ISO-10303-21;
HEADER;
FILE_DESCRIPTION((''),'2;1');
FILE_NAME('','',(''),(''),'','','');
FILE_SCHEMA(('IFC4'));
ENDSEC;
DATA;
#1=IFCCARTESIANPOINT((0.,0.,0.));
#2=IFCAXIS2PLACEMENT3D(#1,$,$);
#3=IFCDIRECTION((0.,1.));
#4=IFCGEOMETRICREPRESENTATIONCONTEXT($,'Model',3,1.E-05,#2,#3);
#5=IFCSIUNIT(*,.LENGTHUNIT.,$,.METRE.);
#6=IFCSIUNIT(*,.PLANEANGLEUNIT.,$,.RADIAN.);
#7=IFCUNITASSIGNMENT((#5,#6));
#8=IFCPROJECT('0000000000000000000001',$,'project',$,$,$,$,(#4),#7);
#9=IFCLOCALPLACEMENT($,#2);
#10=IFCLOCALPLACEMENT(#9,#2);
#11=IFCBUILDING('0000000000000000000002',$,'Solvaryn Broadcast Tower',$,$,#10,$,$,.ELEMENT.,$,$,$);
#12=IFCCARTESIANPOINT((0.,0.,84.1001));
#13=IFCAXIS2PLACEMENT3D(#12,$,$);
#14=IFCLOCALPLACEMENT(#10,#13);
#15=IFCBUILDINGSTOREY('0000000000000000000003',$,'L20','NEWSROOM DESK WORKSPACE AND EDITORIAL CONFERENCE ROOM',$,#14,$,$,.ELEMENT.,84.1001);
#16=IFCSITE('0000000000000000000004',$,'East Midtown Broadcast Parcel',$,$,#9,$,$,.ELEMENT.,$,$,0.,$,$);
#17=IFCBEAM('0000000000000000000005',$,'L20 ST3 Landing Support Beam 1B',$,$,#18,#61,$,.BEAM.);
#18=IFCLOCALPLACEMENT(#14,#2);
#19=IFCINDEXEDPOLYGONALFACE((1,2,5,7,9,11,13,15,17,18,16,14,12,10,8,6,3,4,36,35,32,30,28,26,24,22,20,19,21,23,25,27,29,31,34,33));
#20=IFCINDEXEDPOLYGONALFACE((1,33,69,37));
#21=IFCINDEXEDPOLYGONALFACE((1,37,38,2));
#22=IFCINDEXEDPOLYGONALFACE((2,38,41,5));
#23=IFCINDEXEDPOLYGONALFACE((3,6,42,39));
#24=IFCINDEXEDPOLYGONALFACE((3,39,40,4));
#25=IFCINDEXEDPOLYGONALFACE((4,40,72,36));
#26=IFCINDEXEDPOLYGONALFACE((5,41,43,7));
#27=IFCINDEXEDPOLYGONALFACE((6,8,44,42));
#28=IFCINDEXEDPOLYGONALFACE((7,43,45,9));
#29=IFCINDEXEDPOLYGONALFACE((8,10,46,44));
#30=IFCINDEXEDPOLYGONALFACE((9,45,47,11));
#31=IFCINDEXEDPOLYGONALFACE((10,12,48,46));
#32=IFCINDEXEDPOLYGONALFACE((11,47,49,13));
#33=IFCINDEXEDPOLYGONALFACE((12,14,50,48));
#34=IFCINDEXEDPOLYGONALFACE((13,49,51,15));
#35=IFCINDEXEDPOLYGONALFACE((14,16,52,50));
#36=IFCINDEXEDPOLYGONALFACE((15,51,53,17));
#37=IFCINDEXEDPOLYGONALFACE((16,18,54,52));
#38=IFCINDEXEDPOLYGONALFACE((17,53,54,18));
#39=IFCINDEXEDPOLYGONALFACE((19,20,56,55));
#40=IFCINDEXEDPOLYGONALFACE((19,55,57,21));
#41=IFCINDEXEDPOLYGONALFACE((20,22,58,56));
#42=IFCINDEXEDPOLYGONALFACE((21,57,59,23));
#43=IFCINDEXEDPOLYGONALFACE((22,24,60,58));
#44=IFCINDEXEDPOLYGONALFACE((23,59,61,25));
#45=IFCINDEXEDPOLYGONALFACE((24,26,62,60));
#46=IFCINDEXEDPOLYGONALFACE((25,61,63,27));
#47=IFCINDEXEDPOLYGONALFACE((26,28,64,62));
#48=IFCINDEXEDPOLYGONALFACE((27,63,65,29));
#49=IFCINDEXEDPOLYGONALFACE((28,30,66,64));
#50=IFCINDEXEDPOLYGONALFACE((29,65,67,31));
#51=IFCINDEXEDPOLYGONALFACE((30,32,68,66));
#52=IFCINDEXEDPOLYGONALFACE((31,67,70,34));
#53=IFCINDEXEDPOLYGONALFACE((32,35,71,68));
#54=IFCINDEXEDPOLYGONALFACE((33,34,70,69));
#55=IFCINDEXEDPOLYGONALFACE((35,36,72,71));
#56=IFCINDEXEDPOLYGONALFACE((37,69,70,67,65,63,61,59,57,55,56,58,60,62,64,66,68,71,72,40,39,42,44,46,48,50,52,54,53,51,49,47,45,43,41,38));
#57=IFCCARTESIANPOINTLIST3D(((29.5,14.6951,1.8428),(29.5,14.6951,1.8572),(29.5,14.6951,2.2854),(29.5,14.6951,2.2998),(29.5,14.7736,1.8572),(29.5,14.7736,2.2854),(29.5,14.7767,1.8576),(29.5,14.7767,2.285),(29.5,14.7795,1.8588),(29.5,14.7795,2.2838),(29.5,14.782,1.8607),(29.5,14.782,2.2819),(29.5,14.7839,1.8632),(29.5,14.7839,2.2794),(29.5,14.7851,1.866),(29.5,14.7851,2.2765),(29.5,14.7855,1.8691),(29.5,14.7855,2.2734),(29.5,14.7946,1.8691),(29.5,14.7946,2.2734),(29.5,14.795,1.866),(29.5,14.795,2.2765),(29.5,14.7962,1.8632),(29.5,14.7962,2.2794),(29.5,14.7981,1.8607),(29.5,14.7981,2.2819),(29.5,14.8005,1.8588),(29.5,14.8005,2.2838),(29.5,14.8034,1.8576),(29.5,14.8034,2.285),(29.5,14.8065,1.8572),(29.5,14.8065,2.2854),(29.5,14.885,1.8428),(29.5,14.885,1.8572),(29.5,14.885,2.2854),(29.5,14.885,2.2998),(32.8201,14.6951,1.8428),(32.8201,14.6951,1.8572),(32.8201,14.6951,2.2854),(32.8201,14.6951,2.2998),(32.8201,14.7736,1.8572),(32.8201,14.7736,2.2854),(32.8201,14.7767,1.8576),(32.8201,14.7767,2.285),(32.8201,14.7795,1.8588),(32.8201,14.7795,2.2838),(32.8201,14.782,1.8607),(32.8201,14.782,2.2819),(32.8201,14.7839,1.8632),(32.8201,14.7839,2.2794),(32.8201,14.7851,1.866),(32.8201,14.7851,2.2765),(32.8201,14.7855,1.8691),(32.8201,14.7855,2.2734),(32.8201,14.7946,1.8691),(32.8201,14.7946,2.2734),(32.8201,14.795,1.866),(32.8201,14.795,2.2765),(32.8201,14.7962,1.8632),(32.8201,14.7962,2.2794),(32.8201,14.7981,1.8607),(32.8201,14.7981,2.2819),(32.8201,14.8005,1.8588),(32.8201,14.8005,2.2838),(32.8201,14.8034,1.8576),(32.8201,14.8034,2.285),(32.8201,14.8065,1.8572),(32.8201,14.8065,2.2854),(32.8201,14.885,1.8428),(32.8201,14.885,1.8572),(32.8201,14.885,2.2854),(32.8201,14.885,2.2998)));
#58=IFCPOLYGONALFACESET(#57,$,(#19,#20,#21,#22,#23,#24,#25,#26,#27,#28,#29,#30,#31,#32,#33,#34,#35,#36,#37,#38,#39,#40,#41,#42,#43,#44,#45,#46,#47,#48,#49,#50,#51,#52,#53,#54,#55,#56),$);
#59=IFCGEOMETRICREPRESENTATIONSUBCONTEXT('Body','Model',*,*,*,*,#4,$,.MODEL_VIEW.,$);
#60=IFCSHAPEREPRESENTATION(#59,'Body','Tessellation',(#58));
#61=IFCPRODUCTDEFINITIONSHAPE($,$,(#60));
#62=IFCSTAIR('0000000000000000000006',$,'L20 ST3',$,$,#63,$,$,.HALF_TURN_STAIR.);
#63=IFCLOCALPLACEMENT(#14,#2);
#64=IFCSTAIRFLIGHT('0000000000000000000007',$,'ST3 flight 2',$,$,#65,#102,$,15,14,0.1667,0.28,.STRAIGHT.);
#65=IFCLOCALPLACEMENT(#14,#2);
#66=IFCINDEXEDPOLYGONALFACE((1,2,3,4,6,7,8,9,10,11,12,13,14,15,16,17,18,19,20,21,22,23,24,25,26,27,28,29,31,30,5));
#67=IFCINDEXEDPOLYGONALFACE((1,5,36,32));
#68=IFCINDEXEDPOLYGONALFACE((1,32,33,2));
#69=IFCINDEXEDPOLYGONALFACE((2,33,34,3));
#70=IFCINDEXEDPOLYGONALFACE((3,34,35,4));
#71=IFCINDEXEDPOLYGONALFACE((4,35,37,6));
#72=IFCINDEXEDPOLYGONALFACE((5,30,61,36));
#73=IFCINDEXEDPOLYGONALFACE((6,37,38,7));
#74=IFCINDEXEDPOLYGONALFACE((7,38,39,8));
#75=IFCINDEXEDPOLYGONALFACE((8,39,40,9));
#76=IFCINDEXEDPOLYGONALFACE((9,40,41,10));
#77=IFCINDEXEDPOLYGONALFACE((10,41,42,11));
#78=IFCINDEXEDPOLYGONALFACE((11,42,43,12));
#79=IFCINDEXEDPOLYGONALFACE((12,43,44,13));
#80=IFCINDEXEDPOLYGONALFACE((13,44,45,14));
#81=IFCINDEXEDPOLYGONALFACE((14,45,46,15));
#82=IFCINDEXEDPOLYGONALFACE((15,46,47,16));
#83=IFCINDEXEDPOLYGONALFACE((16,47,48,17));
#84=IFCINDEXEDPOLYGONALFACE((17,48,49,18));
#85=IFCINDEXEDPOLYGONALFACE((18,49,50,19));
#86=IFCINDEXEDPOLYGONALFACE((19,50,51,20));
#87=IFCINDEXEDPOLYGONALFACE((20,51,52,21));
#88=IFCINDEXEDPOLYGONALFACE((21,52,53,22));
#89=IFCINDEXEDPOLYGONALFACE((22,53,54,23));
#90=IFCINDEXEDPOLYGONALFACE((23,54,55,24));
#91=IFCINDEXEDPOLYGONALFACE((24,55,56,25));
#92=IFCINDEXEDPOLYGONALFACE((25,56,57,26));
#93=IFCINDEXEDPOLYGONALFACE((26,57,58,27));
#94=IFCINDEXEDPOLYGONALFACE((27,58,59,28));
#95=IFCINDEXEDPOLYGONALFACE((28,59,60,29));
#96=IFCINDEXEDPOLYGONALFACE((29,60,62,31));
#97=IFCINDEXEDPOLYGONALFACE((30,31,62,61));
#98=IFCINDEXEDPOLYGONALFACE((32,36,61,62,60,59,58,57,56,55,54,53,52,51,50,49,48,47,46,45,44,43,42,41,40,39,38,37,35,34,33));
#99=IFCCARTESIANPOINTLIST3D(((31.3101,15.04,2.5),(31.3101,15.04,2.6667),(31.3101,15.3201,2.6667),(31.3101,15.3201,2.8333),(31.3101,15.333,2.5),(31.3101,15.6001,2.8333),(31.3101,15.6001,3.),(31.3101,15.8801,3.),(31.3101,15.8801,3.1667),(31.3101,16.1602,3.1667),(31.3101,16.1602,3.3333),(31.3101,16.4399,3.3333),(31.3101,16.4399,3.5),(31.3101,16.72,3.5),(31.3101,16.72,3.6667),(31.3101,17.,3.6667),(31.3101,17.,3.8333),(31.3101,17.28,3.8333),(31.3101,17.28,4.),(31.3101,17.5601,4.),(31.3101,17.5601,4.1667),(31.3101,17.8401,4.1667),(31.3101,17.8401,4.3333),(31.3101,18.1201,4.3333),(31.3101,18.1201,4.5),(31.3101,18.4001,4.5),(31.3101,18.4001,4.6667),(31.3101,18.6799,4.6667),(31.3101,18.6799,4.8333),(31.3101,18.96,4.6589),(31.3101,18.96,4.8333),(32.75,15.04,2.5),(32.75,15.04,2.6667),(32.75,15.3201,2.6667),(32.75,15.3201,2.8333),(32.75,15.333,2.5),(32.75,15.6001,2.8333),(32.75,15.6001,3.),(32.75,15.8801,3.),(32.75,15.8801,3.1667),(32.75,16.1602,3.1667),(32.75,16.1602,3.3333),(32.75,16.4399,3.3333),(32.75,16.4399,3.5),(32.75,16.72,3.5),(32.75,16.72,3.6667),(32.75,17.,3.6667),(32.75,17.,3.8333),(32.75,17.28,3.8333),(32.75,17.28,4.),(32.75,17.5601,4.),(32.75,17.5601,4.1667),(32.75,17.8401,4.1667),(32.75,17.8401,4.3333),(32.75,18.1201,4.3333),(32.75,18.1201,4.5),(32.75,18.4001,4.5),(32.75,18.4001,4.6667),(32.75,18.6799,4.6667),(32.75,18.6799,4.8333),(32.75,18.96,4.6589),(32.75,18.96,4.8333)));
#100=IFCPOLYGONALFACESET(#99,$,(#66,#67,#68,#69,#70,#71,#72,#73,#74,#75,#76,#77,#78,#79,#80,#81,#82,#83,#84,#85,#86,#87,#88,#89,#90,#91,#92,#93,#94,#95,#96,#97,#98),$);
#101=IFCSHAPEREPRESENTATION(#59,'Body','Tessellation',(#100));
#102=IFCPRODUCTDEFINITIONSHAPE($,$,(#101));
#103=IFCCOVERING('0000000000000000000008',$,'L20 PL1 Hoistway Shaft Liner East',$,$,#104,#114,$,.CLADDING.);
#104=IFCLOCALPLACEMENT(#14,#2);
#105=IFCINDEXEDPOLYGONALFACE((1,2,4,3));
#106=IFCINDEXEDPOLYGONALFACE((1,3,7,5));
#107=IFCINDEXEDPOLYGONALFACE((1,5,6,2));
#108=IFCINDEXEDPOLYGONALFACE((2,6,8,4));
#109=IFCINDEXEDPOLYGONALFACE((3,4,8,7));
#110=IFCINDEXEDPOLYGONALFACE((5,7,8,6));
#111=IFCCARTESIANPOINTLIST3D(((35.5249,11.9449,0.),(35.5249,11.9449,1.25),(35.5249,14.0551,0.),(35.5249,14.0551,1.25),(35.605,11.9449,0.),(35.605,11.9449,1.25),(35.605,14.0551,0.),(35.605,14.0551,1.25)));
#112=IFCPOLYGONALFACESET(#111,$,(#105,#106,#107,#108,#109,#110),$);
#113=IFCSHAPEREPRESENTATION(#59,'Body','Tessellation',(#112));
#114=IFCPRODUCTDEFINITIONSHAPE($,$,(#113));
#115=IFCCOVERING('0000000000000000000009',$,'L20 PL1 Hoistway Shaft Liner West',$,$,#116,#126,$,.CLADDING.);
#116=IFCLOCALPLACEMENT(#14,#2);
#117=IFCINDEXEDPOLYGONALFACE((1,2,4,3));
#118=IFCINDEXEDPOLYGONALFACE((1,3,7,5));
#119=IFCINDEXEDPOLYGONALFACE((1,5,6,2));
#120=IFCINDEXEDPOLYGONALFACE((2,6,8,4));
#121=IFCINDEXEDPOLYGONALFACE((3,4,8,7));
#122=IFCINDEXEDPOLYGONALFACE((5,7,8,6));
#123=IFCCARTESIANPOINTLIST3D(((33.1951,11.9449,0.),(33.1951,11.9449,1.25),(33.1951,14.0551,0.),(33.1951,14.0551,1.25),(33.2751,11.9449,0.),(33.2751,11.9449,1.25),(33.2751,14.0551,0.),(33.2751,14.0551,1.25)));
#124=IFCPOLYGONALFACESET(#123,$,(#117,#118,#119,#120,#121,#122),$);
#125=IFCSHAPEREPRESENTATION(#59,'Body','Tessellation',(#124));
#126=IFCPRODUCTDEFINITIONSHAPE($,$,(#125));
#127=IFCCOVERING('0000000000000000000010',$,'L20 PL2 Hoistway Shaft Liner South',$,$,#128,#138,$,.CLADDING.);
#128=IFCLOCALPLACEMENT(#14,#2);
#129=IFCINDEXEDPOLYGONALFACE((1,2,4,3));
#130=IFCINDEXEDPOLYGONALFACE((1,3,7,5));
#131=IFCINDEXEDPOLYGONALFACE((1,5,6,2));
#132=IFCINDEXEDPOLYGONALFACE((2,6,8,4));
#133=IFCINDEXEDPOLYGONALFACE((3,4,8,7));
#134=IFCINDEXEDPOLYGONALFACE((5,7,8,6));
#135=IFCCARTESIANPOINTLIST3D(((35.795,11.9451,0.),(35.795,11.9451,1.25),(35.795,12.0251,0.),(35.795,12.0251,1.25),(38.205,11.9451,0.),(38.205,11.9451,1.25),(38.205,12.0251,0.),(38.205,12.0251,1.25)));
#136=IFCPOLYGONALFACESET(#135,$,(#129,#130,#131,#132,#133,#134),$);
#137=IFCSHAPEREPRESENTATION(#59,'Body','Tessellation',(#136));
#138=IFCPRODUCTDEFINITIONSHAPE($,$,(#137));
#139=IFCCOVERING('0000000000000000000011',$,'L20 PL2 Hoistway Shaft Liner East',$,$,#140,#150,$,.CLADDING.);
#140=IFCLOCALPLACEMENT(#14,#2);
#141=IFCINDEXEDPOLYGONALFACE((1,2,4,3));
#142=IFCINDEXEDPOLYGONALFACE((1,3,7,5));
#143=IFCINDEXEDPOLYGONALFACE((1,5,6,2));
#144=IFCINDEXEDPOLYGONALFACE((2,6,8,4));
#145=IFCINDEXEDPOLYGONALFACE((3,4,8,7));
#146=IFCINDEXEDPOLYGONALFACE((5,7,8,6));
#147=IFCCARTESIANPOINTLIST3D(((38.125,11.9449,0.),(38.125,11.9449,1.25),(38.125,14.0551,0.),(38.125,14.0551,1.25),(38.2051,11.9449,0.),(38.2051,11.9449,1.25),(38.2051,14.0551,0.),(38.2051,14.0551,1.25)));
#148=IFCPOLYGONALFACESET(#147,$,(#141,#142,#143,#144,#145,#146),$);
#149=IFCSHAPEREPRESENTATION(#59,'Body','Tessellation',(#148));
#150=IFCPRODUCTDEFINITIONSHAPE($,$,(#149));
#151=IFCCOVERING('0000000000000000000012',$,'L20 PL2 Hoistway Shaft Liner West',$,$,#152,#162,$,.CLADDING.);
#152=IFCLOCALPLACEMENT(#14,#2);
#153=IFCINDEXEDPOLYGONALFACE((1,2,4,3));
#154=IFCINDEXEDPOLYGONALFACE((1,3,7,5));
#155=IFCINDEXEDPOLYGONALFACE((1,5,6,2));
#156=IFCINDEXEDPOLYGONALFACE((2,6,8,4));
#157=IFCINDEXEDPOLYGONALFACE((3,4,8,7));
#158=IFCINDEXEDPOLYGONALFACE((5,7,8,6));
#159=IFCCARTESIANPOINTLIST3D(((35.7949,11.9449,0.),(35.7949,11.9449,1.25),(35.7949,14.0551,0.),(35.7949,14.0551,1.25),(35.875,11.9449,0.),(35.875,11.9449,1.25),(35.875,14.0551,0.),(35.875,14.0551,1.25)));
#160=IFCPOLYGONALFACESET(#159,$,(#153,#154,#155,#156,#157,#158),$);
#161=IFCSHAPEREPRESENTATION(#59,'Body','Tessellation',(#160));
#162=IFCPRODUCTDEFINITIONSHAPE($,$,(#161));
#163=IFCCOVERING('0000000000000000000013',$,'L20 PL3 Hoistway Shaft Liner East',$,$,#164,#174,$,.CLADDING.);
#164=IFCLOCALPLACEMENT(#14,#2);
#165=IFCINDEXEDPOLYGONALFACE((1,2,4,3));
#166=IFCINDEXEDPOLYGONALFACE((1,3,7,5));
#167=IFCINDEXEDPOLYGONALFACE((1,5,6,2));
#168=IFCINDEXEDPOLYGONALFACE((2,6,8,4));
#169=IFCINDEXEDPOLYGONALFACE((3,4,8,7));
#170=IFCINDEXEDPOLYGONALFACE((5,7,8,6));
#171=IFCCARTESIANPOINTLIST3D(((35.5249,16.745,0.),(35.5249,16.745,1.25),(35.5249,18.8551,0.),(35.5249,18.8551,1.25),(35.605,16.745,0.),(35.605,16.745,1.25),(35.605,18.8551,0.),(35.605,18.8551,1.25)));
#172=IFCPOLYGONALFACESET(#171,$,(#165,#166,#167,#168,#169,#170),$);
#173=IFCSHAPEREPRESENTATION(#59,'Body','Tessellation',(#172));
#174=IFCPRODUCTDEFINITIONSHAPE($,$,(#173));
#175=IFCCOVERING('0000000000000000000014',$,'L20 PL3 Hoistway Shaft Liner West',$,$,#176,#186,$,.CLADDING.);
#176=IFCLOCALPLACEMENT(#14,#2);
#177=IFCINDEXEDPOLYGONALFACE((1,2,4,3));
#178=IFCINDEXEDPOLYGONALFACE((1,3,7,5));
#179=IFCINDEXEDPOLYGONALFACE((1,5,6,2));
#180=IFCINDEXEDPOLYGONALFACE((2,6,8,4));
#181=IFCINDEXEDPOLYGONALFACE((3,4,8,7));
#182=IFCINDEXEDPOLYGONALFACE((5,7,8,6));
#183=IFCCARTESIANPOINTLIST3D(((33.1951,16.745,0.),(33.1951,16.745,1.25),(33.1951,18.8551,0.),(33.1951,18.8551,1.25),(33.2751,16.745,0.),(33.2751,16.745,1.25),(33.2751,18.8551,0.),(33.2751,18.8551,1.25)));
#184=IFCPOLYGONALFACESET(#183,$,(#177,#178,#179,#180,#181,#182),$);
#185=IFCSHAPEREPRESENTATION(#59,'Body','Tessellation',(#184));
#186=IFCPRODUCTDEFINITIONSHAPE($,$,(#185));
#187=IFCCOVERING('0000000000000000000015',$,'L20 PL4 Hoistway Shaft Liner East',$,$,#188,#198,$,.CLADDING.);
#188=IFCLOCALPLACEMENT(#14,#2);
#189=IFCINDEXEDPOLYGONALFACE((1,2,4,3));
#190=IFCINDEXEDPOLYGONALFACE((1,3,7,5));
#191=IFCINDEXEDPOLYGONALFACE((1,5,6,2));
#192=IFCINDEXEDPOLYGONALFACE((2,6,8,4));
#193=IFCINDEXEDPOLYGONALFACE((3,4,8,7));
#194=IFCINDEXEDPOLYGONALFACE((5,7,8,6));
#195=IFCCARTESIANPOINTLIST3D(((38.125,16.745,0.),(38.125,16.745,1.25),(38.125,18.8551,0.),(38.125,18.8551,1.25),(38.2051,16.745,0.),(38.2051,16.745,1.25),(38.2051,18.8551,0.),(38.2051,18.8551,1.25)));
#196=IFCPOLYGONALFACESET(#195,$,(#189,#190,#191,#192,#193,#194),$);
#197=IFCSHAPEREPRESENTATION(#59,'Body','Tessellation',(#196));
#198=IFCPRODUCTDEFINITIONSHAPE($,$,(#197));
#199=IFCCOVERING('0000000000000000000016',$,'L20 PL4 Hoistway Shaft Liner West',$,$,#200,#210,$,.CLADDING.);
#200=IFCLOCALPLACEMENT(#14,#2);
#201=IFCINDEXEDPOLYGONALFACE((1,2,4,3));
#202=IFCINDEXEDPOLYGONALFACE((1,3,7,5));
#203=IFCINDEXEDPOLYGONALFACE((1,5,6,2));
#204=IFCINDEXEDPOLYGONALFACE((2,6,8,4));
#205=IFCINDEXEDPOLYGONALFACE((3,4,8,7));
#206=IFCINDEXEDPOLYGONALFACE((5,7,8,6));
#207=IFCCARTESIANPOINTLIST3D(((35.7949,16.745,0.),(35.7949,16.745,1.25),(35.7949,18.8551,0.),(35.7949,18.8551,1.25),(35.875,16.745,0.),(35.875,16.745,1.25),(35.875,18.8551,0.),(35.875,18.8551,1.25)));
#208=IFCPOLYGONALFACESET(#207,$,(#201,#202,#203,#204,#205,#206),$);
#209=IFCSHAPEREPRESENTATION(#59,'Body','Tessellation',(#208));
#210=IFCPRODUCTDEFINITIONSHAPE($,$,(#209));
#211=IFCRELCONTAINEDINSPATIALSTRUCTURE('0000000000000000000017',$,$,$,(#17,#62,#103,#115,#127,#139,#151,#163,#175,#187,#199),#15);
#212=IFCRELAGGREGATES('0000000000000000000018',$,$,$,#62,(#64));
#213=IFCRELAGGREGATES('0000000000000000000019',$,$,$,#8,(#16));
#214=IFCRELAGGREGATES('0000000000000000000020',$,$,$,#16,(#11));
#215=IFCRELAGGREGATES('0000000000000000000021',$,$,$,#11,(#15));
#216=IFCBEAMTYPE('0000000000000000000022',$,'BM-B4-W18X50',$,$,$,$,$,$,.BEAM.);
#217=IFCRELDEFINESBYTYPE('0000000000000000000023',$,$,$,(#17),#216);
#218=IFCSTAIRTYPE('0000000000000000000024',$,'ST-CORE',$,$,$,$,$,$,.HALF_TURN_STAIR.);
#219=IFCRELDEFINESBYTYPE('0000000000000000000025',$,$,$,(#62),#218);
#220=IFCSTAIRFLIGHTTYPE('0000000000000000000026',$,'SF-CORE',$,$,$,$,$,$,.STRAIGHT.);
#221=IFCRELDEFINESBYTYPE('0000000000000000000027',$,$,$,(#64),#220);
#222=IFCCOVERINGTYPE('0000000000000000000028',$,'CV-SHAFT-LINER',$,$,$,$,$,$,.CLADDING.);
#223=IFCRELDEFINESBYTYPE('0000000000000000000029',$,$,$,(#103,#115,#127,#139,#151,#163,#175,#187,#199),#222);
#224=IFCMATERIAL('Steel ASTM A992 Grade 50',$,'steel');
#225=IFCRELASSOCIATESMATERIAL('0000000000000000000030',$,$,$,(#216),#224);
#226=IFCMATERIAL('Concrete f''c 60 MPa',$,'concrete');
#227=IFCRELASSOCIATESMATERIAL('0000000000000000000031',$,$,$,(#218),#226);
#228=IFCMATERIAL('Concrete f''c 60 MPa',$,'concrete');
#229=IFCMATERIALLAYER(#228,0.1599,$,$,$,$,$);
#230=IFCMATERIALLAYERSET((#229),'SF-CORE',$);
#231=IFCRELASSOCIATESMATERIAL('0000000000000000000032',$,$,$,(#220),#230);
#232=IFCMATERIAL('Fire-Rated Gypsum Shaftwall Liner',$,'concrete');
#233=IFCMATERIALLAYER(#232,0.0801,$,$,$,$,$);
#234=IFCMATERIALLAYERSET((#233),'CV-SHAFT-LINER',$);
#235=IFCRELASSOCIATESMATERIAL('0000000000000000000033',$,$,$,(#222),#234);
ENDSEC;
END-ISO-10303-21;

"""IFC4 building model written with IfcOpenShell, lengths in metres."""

from ifc_helpers import new_model, si_unit, direction, frame, origin, origin_2d, place, context, subcontext, project, spatial, polyline, rectangle, i_section, outline, extrude, material, layer, layer_set, material_profile, profile_set, type_object, element, aggregate, save


model = new_model("IFC4")

# Units and contexts
model_context = context("Model", 3, precision=1e-05, world=origin(), true_north=direction((0.0, 1.0)))
body_context = subcontext(model_context, "Body", "Model", "MODEL_VIEW")
ifc_project = project(units=[si_unit("LENGTHUNIT", "METRE"), si_unit("PLANEANGLEUNIT", "RADIAN")], contexts=[model_context])

# Site, building, storey
site_placement = place(None, origin())
site = spatial("IfcSite", under=ifc_project, at=site_placement, Name="East Midtown Broadcast Parcel", CompositionType="ELEMENT", RefElevation=0.0)
building_placement = place(site_placement, origin())
building = spatial("IfcBuilding", under=site, at=building_placement, Name="Solvaryn Broadcast Tower", CompositionType="ELEMENT")
storey_placement = place(building_placement, frame((0.0, 0.0, 84.1001)))
storey = spatial("IfcBuildingStorey", under=building, at=storey_placement, Name="L20", Description="NEWSROOM DESK WORKSPACE AND EDITORIAL CONFERENCE ROOM", CompositionType="ELEMENT", Elevation=84.1001)

# Beam
ifc_material_1 = material(Name="Steel ASTM A992 Grade 50", Category="steel")
ifc_material_profile_1 = material_profile(ifc_material_1, i_section(OverallWidth=0.1899, OverallDepth=0.457, WebThickness=0.009, FlangeThickness=0.0144, FilletRadius=0.012, at=origin_2d()))
ifc_profile_set_1 = profile_set([ifc_material_profile_1], Name="Steel ASTM A992 Grade 50")
beam_type_1 = type_object("IfcBeamType", Name="BM-B4-W18X50", PredefinedType="BEAM", material=ifc_profile_set_1)
beam_1_placement = place(storey_placement, frame((29.5, 14.79, 2.0713), z_axis=(1.0, 0.0, 0.0), x_axis=(0.0, 1.0, 0.0)))
element("IfcBeam", 1, at=beam_1_placement, inside=storey, type_object=beam_type_1, Name="L20 ST3 Landing Support Beam 1B", PredefinedType="BEAM", context=body_context, shape_type="SweptSolid", body=[
    extrude(i_section(OverallWidth=0.1899, OverallDepth=0.457, WebThickness=0.009, FlangeThickness=0.0144, FilletRadius=0.012, at=origin_2d()), origin(), (0.0, 0.0, 1.0), 3.3201),
])

# Stair, stair flight
ifc_material_2 = material(Name="Concrete f'c 60 MPa", Category="concrete")
stair_type = type_object("IfcStairType", Name="ST-CORE", PredefinedType="HALF_TURN_STAIR", material=ifc_material_2)
stair_placement = place(storey_placement, origin())
stair = element("IfcStair", 2, at=stair_placement, inside=storey, type_object=stair_type, Name="L20 ST3", PredefinedType="HALF_TURN_STAIR")
ifc_material_3 = material(Name="Concrete f'c 60 MPa", Category="concrete")
ifc_layer_1 = layer(ifc_material_3, 0.1599)
ifc_layer_set_1 = layer_set([ifc_layer_1], Name="SF-CORE")
stair_flight_type = type_object("IfcStairFlightType", Name="SF-CORE", PredefinedType="STRAIGHT", material=ifc_layer_set_1)
stair_flight_placement = place(storey_placement, frame((32.03, 15.04, 2.5), z_axis=(0.0, 0.0, 1.0), x_axis=(0.0, 1.0, 0.0)))
stair_flight = element("IfcStairFlight", 3, at=stair_flight_placement, type_object=stair_flight_type, Name="ST3 flight 2", NumberOfRisers=15, NumberOfTreads=14, PredefinedType="STRAIGHT", RiserHeight=0.1667, TreadLength=0.28, context=body_context, shape_type="SweptSolid", body=[
    extrude(outline(polyline([(0.0, 0.0), (0.0, 0.1667), (0.28, 0.1667), (0.28, 0.3333), (0.5601, 0.3333), (0.5601, 0.5), (0.8401, 0.5), (0.8401, 0.6667), (1.1201, 0.6667), (1.1201, 0.8333), (1.3999, 0.8333), (1.3999, 1.0), (1.6799, 1.0), (1.6799, 1.1667), (1.96, 1.1667), (1.96, 1.3333), (2.24, 1.3333), (2.24, 1.5), (2.52, 1.5), (2.52, 1.6667), (2.8, 1.6667), (2.8, 1.8333), (3.0801, 1.8333), (3.0801, 2.0), (3.3601, 2.0), (3.3601, 2.1667), (3.6399, 2.1667), (3.6399, 2.3333), (3.9199, 2.3333), (3.9199, 2.5), (3.9199, 2.1589), (0.293, 0.0), (0.0, 0.0)])), frame((0.0, 0.72, 0.0), z_axis=(0.0, -1.0, 0.0), x_axis=(1.0, 0.0, 0.0)), (0.0, 0.0, 1.0), 1.4399),
])
aggregate(stair, [stair_flight])

# Coverings
ifc_material_4 = material(Name="Fire-Rated Gypsum Shaftwall Liner", Category="concrete")
ifc_layer_2 = layer(ifc_material_4, 0.0801)
ifc_layer_set_2 = layer_set([ifc_layer_2], Name="CV-SHAFT-LINER")
covering_type = type_object("IfcCoveringType", Name="CV-SHAFT-LINER", PredefinedType="CLADDING", material=ifc_layer_set_2)
for number, where, z_axis, x_axis, name in (
    (4, (35.5649, 13.0, 0.0), (0.0, 0.0, 1.0), (1.0, 0.0, 0.0), "L20 PL1 Hoistway Shaft Liner East"),
    (5, (33.2351, 13.0, 0.0), (0.0, 0.0, 1.0), (1.0, 0.0, 0.0), "L20 PL1 Hoistway Shaft Liner West"),
):
    element("IfcCovering", number, at=place(storey_placement, frame(where, z_axis=z_axis, x_axis=x_axis)), inside=storey, type_object=covering_type, Name=name, PredefinedType="CLADDING", context=body_context, shape_type="SweptSolid", body=[
        extrude(rectangle(XDim=0.0801, YDim=2.1101, at=origin_2d()), origin(), (0.0, 0.0, 1.0), 1.25),
    ])
covering_1_placement = place(storey_placement, frame((37.0, 11.9851, 0.0), z_axis=(0.0, 0.0, 1.0), x_axis=(1.0, 0.0, 0.0)))
element("IfcCovering", 6, at=covering_1_placement, inside=storey, type_object=covering_type, Name="L20 PL2 Hoistway Shaft Liner South", PredefinedType="CLADDING", context=body_context, shape_type="SweptSolid", body=[
    extrude(rectangle(XDim=2.4099, YDim=0.0801, at=origin_2d()), origin(), (0.0, 0.0, 1.0), 1.25),
])
for number, where, z_axis, x_axis, name in (
    (7, (38.165, 13.0, 0.0), (0.0, 0.0, 1.0), (1.0, 0.0, 0.0), "L20 PL2 Hoistway Shaft Liner East"),
    (8, (35.835, 13.0, 0.0), (0.0, 0.0, 1.0), (1.0, 0.0, 0.0), "L20 PL2 Hoistway Shaft Liner West"),
    (9, (35.5649, 17.8, 0.0), (0.0, 0.0, 1.0), (1.0, 0.0, 0.0), "L20 PL3 Hoistway Shaft Liner East"),
    (10, (33.2351, 17.8, 0.0), (0.0, 0.0, 1.0), (1.0, 0.0, 0.0), "L20 PL3 Hoistway Shaft Liner West"),
    (11, (38.165, 17.8, 0.0), (0.0, 0.0, 1.0), (1.0, 0.0, 0.0), "L20 PL4 Hoistway Shaft Liner East"),
    (12, (35.835, 17.8, 0.0), (0.0, 0.0, 1.0), (1.0, 0.0, 0.0), "L20 PL4 Hoistway Shaft Liner West"),
):
    element("IfcCovering", number, at=place(storey_placement, frame(where, z_axis=z_axis, x_axis=x_axis)), inside=storey, type_object=covering_type, Name=name, PredefinedType="CLADDING", context=body_context, shape_type="SweptSolid", body=[
        extrude(rectangle(XDim=0.0801, YDim=2.1101, at=origin_2d()), origin(), (0.0, 0.0, 1.0), 1.25),
    ])

save(model, "model.ifc")
